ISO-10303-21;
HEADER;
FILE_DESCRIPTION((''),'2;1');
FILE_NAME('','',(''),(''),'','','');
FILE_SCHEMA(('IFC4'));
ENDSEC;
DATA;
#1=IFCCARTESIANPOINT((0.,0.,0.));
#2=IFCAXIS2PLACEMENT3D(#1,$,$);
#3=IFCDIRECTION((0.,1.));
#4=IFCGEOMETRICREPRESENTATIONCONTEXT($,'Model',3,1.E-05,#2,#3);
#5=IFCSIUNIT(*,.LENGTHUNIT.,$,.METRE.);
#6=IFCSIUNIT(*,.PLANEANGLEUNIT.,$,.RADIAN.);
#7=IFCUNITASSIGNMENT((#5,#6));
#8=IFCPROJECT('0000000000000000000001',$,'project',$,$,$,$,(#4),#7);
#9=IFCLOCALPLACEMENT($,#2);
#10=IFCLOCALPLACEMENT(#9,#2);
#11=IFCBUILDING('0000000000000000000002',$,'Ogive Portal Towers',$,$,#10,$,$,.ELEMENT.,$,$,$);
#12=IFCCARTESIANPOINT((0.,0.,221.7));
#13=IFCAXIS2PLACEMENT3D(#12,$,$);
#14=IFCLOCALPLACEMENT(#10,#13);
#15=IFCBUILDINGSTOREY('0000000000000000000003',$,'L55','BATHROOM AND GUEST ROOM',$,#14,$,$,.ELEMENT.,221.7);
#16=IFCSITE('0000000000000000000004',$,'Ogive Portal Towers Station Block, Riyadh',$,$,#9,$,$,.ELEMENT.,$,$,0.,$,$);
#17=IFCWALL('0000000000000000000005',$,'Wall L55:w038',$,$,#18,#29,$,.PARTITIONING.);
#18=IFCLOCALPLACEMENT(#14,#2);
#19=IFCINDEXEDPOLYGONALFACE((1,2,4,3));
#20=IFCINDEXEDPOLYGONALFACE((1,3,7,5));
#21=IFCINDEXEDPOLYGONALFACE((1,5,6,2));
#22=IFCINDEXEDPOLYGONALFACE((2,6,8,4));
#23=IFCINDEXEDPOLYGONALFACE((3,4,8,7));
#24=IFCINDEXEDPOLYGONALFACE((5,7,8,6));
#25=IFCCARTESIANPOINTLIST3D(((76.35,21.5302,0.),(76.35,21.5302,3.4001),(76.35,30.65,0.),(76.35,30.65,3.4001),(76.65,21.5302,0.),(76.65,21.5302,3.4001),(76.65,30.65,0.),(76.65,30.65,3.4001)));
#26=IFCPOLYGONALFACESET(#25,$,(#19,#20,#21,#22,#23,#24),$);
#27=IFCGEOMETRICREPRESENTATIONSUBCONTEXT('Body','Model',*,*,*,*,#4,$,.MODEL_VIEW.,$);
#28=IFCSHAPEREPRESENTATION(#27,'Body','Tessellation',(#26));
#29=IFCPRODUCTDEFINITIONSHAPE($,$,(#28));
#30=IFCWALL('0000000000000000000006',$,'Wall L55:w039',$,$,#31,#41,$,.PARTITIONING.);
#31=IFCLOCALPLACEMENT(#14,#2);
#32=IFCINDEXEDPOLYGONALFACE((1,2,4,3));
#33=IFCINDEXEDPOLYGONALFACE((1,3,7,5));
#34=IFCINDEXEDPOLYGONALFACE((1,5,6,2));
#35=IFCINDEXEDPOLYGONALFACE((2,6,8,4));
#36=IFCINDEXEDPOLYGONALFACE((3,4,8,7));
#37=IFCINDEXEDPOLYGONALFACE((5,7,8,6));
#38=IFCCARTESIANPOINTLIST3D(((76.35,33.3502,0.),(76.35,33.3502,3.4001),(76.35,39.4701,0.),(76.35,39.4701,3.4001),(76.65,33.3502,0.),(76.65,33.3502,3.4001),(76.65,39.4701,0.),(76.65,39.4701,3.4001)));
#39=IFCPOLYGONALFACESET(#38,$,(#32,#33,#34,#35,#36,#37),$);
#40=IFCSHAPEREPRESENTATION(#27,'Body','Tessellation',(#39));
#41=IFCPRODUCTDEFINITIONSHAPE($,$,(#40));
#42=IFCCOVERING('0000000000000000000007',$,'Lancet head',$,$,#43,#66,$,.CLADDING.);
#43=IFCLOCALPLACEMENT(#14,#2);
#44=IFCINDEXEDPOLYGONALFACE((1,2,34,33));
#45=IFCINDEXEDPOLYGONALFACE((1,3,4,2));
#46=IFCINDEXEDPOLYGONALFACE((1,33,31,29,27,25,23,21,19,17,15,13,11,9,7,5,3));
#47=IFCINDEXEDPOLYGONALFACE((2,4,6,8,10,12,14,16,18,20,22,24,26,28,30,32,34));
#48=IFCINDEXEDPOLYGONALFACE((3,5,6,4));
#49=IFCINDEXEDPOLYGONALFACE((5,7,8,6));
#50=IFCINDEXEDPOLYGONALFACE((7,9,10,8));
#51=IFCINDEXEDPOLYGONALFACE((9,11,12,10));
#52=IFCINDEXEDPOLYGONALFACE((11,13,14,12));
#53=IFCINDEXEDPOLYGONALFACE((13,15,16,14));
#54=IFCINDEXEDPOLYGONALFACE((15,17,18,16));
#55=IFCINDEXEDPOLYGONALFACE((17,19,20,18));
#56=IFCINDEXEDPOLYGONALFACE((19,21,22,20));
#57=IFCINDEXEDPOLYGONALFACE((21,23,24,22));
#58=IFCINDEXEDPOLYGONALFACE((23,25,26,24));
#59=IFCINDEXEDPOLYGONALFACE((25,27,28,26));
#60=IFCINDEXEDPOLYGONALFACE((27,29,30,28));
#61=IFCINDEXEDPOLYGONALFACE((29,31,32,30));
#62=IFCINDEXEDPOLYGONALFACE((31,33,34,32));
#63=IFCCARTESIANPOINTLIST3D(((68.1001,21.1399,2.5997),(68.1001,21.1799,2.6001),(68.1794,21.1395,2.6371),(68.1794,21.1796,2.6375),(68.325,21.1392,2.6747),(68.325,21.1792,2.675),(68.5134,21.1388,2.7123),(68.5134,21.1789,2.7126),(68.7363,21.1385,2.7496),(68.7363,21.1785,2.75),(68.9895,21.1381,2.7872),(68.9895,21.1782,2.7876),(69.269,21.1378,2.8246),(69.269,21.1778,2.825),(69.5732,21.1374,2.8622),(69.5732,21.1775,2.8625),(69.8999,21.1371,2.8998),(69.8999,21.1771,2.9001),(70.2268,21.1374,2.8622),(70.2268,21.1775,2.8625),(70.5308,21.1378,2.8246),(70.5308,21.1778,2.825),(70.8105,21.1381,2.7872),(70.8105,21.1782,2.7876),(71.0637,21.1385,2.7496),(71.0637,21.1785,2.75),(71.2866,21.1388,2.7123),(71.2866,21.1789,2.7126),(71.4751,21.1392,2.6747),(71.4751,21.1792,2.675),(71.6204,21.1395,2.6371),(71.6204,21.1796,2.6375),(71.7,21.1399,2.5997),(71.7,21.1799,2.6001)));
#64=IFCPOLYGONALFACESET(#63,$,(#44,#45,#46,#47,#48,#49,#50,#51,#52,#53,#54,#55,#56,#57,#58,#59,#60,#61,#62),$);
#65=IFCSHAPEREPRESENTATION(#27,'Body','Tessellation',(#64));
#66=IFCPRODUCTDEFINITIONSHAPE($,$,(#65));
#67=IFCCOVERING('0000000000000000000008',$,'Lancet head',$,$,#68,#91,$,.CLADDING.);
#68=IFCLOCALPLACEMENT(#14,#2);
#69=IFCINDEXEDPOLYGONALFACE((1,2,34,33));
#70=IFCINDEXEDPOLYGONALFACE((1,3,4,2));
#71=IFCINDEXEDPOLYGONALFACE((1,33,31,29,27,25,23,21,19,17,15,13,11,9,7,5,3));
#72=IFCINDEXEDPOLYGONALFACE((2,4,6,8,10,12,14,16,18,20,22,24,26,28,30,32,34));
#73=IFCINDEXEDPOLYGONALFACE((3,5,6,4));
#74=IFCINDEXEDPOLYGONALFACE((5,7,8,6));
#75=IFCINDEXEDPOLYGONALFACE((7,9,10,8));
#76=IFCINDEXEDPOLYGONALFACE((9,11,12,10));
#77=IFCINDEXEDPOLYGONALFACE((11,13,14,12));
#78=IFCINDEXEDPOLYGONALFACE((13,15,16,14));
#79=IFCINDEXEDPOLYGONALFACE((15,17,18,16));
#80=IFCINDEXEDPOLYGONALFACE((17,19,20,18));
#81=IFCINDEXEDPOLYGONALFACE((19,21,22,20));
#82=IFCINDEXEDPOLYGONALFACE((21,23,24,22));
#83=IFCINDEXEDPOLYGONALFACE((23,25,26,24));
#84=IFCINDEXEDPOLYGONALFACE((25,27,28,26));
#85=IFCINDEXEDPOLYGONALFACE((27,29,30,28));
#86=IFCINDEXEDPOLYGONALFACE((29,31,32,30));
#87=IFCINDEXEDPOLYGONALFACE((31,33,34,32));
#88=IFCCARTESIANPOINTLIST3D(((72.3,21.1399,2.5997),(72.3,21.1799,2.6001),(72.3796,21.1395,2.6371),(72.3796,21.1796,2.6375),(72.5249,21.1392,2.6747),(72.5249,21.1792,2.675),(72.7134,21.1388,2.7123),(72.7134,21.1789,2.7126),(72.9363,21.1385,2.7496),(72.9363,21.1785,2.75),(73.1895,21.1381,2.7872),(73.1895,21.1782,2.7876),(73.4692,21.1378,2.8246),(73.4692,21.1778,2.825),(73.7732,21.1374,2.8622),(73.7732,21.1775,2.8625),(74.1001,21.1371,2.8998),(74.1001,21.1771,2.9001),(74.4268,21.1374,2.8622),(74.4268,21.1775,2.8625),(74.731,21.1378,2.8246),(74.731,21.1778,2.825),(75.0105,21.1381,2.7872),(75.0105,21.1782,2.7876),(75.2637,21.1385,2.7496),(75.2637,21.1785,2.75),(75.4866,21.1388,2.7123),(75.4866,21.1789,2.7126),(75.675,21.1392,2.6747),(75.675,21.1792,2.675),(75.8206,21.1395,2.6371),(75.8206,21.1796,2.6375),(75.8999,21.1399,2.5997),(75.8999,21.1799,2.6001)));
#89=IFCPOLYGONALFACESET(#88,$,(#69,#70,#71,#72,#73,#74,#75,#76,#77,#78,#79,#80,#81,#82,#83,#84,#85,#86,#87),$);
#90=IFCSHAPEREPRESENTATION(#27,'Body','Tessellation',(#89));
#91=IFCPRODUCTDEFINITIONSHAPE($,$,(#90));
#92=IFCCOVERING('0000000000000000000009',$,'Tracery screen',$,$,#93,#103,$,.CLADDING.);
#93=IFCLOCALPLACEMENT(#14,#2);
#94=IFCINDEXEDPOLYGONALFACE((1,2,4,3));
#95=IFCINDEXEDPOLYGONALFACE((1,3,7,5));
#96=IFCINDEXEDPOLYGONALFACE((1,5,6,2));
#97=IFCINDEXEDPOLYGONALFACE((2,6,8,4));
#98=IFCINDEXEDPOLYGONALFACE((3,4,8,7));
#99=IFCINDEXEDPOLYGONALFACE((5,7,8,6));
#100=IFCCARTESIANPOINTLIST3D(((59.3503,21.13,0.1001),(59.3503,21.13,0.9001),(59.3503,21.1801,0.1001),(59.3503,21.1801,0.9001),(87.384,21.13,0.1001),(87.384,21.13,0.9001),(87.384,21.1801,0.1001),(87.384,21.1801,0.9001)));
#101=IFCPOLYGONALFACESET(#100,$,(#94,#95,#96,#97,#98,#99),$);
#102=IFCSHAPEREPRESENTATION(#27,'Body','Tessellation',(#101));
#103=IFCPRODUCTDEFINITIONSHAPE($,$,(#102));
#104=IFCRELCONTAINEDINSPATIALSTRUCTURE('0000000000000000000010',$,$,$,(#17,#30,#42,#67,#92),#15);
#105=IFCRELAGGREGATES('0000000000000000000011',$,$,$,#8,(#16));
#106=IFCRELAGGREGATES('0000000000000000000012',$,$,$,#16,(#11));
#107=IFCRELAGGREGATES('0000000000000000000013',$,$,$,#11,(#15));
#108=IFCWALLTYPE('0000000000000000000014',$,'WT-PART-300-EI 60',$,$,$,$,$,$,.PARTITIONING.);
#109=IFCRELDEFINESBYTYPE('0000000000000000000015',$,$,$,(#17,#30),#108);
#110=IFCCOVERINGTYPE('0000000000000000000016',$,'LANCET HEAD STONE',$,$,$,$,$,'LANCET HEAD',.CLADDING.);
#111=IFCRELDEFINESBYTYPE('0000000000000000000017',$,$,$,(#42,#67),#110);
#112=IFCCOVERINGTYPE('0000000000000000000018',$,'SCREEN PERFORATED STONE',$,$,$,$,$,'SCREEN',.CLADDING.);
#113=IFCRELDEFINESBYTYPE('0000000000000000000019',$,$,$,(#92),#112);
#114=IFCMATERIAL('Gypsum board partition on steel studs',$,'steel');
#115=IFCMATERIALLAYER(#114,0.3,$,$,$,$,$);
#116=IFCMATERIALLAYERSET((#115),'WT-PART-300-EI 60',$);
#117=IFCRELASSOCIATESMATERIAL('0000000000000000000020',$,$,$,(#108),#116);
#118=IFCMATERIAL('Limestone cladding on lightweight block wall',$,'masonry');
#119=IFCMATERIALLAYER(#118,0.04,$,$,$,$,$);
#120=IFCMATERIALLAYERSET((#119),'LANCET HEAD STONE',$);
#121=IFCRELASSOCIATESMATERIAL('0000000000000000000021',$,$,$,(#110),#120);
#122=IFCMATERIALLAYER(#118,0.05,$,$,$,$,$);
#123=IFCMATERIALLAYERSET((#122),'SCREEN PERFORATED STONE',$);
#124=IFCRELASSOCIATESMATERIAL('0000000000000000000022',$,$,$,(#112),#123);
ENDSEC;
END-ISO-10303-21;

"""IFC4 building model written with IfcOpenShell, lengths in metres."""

from ifc_helpers import new_model, si_unit, direction, frame, frame_2d, origin, origin_2d, place, context, subcontext, project, spatial, polyline, rectangle, outline, extrude, material, layer, layer_set, type_object, element, save


model = new_model("IFC4")

# Units and contexts
model_context = context("Model", 3, precision=1e-05, world=origin(), true_north=direction((0.0, 1.0)))
body_context = subcontext(model_context, "Body", "Model", "MODEL_VIEW")
ifc_project = project(units=[si_unit("LENGTHUNIT", "METRE"), si_unit("PLANEANGLEUNIT", "RADIAN")], contexts=[model_context])

# Site, building, storey
site_placement = place(None, origin())
site = spatial("IfcSite", under=ifc_project, at=site_placement, Name="Ogive Portal Towers Station Block, Riyadh", CompositionType="ELEMENT", RefElevation=0.0)
building_placement = place(site_placement, origin())
building = spatial("IfcBuilding", under=site, at=building_placement, Name="Ogive Portal Towers", CompositionType="ELEMENT")
storey_placement = place(building_placement, frame((0.0, 0.0, 221.7)))
storey = spatial("IfcBuildingStorey", under=building, at=storey_placement, Name="L55", Description="BATHROOM AND GUEST ROOM", CompositionType="ELEMENT", Elevation=221.7)

# Shared definitions
ifc_material_1 = material(Name="Gypsum board partition on steel studs", Category="steel")
ifc_layer_1 = layer(ifc_material_1, 0.3)
ifc_layer_set_1 = layer_set([ifc_layer_1], Name="WT-PART-300-EI 60")
wall_type = type_object("IfcWallType", Name="WT-PART-300-EI 60", PredefinedType="PARTITIONING", material=ifc_layer_set_1)

# Walls
wall_1_placement = place(storey_placement, frame((76.5, 21.53, 0.0), z_axis=(0.0, 0.0, 1.0), x_axis=(0.0, 1.0, 0.0)))
element("IfcWall", 1, at=wall_1_placement, inside=storey, type_object=wall_type, Name="Wall L55:w038", PredefinedType="PARTITIONING", context=body_context, shape_type="SweptSolid", body=[
    extrude(rectangle(XDim=9.1199, YDim=0.3, at=frame_2d((4.5601, 0.0))), origin(), (0.0, 0.0, 1.0), 3.4001),
])
wall_2_placement = place(storey_placement, frame((76.5, 33.3501, 0.0), z_axis=(0.0, 0.0, 1.0), x_axis=(0.0, 1.0, 0.0)))
element("IfcWall", 2, at=wall_2_placement, inside=storey, type_object=wall_type, Name="Wall L55:w039", PredefinedType="PARTITIONING", context=body_context, shape_type="SweptSolid", body=[
    extrude(rectangle(XDim=6.1199, YDim=0.3, at=frame_2d((3.0601, 0.0))), origin(), (0.0, 0.0, 1.0), 3.4001),
])

# Coverings
ifc_material_2 = material(Name="Limestone cladding on lightweight block wall", Category="masonry")
ifc_layer_2 = layer(ifc_material_2, 0.04)
ifc_layer_set_2 = layer_set([ifc_layer_2], Name="LANCET HEAD STONE")
covering_type_1 = type_object("IfcCoveringType", Name="LANCET HEAD STONE", ElementType="LANCET HEAD", PredefinedType="CLADDING", material=ifc_layer_set_2)
covering_1_placement = place(storey_placement, frame((68.1001, 21.1799, 2.6001), z_axis=(0.0, 0.999956, 0.009428), x_axis=(1.0, 0.0, 0.0)))
element("IfcCovering", 3, at=covering_1_placement, inside=storey, type_object=covering_type_1, Name="Lancet head", PredefinedType="CLADDING", context=body_context, shape_type="SweptSolid", body=[
    extrude(outline(polyline([(0.0, 0.0), (3.5999, 0.0), (3.5203, -0.0374), (3.375, -0.075), (3.1865, -0.1126), (2.9636, -0.1499), (2.7104, -0.1875), (2.4307, -0.2249), (2.1267, -0.2625), (1.7998, -0.3001), (1.4731, -0.2625), (1.1689, -0.2249), (0.8894, -0.1875), (0.6362, -0.1499), (0.4133, -0.1126), (0.2249, -0.075), (0.0793, -0.0374), (0.0, 0.0)])), origin(), (0.0, 0.0, -1.0), 0.04),
])
covering_2_placement = place(storey_placement, frame((72.3, 21.1799, 2.6001), z_axis=(0.0, 0.999956, 0.009428), x_axis=(1.0, 0.0, 0.0)))
element("IfcCovering", 4, at=covering_2_placement, inside=storey, type_object=covering_type_1, Name="Lancet head", PredefinedType="CLADDING", context=body_context, shape_type="SweptSolid", body=[
    extrude(outline(polyline([(0.0, 0.0), (3.5999, 0.0), (3.5205, -0.0374), (3.375, -0.075), (3.1865, -0.1126), (2.9636, -0.1499), (2.7104, -0.1875), (2.4309, -0.2249), (2.1267, -0.2625), (1.8, -0.3001), (1.4731, -0.2625), (1.1692, -0.2249), (0.8894, -0.1875), (0.6362, -0.1499), (0.4133, -0.1126), (0.2249, -0.075), (0.0796, -0.0374), (0.0, 0.0)])), origin(), (0.0, 0.0, -1.0), 0.04),
])
ifc_layer_3 = layer(ifc_material_2, 0.05)
ifc_layer_set_3 = layer_set([ifc_layer_3], Name="SCREEN PERFORATED STONE")
covering_type_2 = type_object("IfcCoveringType", Name="SCREEN PERFORATED STONE", ElementType="SCREEN", PredefinedType="CLADDING", material=ifc_layer_set_3)
covering_3_placement = place(storey_placement, frame((73.3672, 21.155, 0.1001), z_axis=(0.0, 0.0, 1.0), x_axis=(1.0, 0.0, 0.0)))
element("IfcCovering", 5, at=covering_3_placement, inside=storey, type_object=covering_type_2, Name="Tracery screen", PredefinedType="CLADDING", context=body_context, shape_type="SweptSolid", body=[
    extrude(rectangle(XDim=28.0337, YDim=0.05, at=origin_2d()), origin(), (0.0, 0.0, 1.0), 0.8),
])

save(model, "model.ifc")
